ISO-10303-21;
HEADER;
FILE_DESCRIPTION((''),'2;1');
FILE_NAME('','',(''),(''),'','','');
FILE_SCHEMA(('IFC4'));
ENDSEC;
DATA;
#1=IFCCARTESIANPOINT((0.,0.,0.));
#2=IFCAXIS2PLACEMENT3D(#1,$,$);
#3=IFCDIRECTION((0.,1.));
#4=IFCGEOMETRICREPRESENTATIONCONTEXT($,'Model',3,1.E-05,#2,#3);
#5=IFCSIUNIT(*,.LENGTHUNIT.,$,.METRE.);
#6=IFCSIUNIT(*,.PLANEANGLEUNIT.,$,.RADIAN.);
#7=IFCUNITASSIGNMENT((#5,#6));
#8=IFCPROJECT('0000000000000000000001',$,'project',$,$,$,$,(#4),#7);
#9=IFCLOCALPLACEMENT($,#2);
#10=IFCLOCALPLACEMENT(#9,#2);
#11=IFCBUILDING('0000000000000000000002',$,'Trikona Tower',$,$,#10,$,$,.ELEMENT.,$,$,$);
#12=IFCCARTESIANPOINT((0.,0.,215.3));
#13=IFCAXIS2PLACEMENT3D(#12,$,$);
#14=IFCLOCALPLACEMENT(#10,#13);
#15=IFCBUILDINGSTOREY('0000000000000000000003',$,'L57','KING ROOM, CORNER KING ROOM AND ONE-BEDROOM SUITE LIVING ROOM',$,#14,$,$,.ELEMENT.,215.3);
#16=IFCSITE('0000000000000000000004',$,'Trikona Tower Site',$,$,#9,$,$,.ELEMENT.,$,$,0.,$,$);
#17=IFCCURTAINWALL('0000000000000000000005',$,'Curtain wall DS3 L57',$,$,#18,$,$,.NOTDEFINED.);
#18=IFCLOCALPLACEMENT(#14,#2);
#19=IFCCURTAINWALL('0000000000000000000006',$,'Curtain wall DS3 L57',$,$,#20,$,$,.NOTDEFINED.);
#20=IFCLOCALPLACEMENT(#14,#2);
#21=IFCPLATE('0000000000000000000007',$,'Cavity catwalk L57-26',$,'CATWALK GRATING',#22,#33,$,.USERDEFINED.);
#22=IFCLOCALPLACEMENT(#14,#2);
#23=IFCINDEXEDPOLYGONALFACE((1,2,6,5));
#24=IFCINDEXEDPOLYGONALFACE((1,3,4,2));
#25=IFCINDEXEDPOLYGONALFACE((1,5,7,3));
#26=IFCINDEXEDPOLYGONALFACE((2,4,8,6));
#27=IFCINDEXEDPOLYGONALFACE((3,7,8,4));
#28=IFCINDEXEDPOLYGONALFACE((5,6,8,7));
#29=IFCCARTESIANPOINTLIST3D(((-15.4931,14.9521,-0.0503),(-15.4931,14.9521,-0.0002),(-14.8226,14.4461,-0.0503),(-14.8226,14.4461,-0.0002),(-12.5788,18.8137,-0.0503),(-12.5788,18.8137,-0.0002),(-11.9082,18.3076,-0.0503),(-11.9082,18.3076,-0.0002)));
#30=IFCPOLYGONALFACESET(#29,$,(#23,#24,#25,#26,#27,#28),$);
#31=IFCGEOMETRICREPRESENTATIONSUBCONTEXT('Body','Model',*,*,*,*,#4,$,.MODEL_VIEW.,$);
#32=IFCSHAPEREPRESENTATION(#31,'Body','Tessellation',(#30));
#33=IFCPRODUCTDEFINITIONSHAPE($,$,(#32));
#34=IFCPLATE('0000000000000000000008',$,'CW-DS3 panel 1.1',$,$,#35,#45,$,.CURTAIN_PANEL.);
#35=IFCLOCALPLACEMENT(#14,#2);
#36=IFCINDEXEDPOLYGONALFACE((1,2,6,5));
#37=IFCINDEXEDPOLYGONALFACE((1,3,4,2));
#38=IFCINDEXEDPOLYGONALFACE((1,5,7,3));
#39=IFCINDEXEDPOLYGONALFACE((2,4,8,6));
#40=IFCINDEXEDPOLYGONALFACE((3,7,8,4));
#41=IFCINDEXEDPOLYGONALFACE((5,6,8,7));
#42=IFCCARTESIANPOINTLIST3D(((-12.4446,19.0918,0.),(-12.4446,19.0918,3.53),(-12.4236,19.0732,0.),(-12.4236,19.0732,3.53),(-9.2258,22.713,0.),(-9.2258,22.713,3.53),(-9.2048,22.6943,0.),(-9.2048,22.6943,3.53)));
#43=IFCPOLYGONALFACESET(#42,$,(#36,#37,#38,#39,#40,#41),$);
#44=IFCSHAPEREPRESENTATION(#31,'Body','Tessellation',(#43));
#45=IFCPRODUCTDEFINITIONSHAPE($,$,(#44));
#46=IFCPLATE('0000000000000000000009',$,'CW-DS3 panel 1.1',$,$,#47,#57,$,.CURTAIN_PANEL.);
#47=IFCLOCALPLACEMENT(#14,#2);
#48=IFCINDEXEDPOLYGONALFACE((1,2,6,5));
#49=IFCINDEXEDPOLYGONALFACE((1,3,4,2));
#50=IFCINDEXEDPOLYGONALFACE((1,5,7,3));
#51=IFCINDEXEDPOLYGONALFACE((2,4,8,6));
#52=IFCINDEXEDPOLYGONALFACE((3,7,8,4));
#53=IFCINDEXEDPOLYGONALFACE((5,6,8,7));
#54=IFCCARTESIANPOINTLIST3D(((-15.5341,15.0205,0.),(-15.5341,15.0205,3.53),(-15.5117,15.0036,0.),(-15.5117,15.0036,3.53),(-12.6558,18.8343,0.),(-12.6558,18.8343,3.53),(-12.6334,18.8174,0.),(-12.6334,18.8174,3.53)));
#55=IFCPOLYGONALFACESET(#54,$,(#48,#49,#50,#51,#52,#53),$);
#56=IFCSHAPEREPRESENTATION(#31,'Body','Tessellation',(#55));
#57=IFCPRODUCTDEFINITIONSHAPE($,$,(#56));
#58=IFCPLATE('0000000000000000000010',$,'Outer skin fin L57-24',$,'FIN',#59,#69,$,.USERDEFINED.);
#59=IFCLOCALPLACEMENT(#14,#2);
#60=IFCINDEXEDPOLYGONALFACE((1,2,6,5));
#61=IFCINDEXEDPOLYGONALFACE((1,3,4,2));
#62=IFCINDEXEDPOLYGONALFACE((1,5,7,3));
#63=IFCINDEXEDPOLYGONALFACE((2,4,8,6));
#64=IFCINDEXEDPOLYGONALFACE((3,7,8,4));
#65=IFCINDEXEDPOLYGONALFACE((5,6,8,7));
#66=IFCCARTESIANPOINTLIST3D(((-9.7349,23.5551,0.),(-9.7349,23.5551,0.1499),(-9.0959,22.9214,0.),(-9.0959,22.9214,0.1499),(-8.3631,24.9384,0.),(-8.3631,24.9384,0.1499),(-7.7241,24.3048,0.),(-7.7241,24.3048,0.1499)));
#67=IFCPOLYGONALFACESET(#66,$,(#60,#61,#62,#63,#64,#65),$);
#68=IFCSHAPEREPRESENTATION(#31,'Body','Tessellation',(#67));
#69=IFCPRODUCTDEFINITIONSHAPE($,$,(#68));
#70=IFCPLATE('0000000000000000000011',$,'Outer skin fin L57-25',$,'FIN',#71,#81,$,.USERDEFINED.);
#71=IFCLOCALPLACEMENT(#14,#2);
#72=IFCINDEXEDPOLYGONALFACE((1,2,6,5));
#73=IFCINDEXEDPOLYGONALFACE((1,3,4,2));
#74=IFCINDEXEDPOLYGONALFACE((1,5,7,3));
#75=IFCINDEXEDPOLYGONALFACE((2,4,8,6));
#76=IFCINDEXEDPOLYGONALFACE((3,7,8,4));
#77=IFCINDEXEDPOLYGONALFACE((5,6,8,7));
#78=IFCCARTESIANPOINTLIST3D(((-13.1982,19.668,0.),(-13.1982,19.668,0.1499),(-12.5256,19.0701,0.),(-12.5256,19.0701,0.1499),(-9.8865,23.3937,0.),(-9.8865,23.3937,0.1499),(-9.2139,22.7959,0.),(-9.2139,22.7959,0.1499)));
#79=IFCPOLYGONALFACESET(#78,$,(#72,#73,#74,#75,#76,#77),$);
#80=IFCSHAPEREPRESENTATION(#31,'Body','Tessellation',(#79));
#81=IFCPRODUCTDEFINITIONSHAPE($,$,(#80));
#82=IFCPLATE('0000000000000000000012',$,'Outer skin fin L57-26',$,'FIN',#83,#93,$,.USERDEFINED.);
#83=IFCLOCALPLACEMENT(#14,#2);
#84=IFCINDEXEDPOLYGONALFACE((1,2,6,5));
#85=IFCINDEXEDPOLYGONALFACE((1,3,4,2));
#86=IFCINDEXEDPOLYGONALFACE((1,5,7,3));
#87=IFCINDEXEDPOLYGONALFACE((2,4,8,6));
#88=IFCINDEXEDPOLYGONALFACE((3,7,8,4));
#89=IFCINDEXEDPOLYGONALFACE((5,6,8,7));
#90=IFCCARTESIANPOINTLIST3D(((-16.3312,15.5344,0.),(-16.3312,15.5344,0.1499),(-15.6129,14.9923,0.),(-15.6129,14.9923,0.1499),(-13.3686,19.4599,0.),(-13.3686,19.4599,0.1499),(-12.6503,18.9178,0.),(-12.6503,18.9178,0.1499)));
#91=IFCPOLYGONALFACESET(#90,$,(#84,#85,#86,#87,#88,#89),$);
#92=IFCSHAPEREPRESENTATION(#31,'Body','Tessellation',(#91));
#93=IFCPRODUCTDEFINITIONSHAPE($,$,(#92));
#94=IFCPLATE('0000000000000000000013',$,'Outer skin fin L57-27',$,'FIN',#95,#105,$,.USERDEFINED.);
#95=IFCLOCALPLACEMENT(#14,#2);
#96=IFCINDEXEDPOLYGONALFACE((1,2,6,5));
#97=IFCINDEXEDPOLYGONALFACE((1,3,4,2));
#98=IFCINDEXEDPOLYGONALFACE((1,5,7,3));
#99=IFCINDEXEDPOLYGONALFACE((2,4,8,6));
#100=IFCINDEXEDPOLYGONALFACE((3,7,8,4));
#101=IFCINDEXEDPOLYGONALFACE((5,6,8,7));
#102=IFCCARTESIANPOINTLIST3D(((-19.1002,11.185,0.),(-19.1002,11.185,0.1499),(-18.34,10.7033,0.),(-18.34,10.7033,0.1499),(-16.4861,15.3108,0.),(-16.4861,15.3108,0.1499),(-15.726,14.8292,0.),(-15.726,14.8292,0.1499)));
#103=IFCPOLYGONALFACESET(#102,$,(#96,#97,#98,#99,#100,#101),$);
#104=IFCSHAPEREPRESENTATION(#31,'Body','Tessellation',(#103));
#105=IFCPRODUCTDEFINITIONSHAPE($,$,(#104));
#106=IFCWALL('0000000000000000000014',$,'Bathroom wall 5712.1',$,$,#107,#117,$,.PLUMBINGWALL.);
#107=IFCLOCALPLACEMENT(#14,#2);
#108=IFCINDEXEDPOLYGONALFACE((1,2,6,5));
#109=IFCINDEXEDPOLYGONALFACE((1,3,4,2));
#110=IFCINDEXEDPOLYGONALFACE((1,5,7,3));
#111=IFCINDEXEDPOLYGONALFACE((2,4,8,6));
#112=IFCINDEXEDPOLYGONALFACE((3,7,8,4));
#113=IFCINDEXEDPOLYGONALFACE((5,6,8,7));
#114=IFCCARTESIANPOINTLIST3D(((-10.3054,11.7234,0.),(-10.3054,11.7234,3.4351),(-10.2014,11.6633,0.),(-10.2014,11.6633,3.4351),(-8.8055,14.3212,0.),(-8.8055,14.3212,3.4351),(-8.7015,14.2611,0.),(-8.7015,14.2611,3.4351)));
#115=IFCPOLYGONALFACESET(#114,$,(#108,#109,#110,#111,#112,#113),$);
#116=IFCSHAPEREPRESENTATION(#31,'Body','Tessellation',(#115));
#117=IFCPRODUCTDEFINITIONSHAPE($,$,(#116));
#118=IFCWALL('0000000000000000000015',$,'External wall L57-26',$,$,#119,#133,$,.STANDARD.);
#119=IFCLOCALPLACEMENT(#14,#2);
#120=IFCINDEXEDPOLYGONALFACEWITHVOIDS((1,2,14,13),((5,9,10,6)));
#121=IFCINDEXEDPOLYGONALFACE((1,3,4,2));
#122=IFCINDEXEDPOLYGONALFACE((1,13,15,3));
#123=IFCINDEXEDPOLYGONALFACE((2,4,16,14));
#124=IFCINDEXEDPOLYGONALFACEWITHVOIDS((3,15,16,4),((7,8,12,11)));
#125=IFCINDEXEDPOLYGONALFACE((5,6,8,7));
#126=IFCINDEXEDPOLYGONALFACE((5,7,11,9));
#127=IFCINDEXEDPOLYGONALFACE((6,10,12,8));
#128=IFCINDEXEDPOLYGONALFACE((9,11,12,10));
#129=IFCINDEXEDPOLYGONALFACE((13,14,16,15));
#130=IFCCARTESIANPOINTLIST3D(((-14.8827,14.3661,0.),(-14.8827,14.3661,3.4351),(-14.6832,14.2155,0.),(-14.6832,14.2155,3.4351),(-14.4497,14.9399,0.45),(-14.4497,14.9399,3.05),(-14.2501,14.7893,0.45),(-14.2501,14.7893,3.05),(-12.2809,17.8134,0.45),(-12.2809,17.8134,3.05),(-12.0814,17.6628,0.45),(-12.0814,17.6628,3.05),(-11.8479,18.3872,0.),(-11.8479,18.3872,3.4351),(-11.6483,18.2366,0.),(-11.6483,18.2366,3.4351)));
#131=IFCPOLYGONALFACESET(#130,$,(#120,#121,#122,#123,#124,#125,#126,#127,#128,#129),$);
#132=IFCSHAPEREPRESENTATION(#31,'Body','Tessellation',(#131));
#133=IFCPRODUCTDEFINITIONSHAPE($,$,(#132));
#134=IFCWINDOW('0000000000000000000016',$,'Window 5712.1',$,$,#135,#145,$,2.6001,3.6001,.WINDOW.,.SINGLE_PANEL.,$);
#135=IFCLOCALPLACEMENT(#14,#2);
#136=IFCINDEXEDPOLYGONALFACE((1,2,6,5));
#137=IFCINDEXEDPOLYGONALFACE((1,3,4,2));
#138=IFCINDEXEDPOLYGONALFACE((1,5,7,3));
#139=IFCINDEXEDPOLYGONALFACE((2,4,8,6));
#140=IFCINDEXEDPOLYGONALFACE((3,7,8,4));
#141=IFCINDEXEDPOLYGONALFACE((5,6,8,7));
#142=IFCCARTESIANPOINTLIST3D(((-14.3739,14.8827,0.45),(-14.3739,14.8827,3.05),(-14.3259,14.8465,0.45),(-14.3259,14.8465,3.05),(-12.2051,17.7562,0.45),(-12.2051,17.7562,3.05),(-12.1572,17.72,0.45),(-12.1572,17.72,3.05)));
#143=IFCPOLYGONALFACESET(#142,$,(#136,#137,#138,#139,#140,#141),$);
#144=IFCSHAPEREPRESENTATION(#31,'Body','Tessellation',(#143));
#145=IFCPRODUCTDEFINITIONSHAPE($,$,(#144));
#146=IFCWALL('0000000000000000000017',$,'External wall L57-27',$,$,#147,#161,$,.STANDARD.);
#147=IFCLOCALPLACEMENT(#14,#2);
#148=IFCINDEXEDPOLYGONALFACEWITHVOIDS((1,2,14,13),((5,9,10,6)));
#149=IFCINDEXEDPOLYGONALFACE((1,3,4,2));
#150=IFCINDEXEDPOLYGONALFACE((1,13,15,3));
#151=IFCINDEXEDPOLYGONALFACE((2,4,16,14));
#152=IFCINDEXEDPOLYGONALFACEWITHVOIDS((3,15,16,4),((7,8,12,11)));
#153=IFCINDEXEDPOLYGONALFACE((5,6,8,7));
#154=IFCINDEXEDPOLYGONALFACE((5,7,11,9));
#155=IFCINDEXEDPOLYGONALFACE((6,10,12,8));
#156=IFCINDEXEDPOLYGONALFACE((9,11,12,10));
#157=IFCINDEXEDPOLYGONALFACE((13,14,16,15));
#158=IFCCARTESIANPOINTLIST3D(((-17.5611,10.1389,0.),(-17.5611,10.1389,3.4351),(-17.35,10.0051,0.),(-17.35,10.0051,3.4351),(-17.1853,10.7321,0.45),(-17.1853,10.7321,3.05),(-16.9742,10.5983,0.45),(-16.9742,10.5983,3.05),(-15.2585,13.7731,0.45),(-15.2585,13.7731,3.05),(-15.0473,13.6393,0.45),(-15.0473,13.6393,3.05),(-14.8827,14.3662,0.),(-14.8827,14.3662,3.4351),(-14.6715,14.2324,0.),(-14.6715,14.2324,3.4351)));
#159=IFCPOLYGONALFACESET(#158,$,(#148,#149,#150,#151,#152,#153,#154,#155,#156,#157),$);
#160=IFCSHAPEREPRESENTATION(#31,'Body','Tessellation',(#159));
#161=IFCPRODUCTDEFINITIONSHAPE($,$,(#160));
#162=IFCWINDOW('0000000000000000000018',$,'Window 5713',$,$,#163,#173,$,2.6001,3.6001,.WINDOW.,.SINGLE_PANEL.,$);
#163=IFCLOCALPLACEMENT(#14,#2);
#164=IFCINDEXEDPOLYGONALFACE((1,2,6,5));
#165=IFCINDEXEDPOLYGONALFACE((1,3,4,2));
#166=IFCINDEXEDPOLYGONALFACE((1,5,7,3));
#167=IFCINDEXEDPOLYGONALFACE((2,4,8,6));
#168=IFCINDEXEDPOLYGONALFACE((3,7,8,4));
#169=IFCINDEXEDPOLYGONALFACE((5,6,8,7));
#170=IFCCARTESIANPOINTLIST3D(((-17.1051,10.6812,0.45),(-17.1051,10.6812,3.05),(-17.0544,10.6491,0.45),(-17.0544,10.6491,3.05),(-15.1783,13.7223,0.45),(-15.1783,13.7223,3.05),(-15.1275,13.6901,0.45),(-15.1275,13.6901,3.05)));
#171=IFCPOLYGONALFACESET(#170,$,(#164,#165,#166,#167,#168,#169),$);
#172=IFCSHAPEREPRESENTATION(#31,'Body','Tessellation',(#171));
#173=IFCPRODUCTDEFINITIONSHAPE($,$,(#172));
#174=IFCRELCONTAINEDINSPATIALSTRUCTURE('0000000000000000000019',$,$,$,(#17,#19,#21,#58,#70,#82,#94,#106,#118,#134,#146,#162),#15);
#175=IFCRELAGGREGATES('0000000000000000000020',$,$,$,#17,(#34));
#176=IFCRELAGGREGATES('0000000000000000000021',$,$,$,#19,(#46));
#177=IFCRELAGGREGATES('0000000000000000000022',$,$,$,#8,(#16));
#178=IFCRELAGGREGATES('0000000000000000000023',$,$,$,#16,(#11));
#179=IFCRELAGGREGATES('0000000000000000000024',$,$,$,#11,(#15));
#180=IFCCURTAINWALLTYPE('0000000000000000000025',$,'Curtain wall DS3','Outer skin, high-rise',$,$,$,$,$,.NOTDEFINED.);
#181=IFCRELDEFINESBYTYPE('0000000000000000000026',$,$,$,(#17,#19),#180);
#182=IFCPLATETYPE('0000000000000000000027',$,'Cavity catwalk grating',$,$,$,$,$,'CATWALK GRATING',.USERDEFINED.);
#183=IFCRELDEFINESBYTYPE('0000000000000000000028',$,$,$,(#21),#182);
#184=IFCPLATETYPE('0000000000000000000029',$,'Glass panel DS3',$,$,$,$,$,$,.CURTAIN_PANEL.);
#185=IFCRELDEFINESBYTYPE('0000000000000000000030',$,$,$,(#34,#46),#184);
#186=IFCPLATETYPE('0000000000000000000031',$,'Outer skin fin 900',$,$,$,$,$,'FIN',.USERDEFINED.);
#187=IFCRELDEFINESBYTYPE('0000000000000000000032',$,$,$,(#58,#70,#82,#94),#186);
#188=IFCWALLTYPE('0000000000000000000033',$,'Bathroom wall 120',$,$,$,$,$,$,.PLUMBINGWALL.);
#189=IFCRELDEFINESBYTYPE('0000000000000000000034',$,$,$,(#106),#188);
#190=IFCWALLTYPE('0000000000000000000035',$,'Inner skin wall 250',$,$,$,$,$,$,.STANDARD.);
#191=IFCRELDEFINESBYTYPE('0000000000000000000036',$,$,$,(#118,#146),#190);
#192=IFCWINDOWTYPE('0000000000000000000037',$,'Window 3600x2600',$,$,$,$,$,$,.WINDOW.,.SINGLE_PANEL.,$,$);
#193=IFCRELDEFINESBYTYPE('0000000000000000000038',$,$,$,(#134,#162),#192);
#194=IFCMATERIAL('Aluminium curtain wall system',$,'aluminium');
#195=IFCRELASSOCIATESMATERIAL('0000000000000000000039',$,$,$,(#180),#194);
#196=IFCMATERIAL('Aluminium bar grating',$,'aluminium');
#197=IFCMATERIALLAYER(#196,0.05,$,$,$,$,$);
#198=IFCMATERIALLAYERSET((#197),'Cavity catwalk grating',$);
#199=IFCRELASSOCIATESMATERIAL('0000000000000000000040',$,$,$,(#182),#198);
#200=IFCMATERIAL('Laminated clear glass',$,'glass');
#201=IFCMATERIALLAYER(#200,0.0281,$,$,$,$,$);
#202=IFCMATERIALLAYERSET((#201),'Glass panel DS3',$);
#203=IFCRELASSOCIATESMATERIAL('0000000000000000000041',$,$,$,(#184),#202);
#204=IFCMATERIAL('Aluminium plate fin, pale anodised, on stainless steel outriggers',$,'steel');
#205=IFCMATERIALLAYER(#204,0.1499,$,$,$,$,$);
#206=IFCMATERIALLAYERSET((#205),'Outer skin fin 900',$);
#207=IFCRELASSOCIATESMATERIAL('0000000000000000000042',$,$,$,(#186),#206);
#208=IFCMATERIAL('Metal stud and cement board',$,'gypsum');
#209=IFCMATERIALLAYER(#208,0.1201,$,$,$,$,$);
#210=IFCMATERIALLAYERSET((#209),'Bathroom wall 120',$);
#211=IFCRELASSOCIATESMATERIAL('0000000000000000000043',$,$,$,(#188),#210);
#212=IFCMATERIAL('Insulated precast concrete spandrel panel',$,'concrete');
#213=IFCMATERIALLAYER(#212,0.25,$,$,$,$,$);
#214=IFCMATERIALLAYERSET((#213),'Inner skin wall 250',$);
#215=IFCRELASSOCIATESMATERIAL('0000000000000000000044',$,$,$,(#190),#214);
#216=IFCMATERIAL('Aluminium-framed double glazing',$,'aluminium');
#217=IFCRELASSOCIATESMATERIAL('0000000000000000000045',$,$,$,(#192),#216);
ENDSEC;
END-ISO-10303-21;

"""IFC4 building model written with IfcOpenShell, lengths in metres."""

from ifc_helpers import new_model, si_unit, direction, frame, frame_2d, origin, origin_2d, place, context, subcontext, project, spatial, rectangle, extrude, material, layer, layer_set, type_object, element, fill, aggregate, save


model = new_model("IFC4")

# Units and contexts
model_context = context("Model", 3, precision=1e-05, world=origin(), true_north=direction((0.0, 1.0)))
body_context = subcontext(model_context, "Body", "Model", "MODEL_VIEW")
ifc_project = project(units=[si_unit("LENGTHUNIT", "METRE"), si_unit("PLANEANGLEUNIT", "RADIAN")], contexts=[model_context])

# Site, building, storey
site_placement = place(None, origin())
site = spatial("IfcSite", under=ifc_project, at=site_placement, Name="Trikona Tower Site", CompositionType="ELEMENT", RefElevation=0.0)
building_placement = place(site_placement, origin())
building = spatial("IfcBuilding", under=site, at=building_placement, Name="Trikona Tower", CompositionType="ELEMENT")
storey_placement = place(building_placement, frame((0.0, 0.0, 215.3)))
storey = spatial("IfcBuildingStorey", under=building, at=storey_placement, Name="L57", Description="KING ROOM, CORNER KING ROOM AND ONE-BEDROOM SUITE LIVING ROOM", CompositionType="ELEMENT", Elevation=215.3)

# Shared definitions
ifc_material_1 = material(Name="Aluminium curtain wall system", Category="aluminium")
curtain_wall_type = type_object("IfcCurtainWallType", Name="Curtain wall DS3", Description="Outer skin, high-rise", PredefinedType="NOTDEFINED", material=ifc_material_1)

# Curtain walls
curtain_wall_1_placement = place(storey_placement, origin())
curtain_wall_1 = element("IfcCurtainWall", 1, at=curtain_wall_1_placement, inside=storey, type_object=curtain_wall_type, Name="Curtain wall DS3 L57", PredefinedType="NOTDEFINED")
curtain_wall_2_placement = place(storey_placement, origin())
curtain_wall_2 = element("IfcCurtainWall", 2, at=curtain_wall_2_placement, inside=storey, type_object=curtain_wall_type, Name="Curtain wall DS3 L57", PredefinedType="NOTDEFINED")

# Plate
ifc_material_2 = material(Name="Aluminium bar grating", Category="aluminium")
ifc_layer_1 = layer(ifc_material_2, 0.05)
ifc_layer_set_1 = layer_set([ifc_layer_1], Name="Cavity catwalk grating")
plate_type_1 = type_object("IfcPlateType", Name="Cavity catwalk grating", ElementType="CATWALK GRATING", PredefinedType="USERDEFINED", material=ifc_layer_set_1)
plate_1_placement = place(storey_placement, frame((-13.7007, 16.6299, -0.0503), z_axis=(0.0, 0.0, 1.0), x_axis=(-0.602402, -0.798193, 0.0)))
element("IfcPlate", 3, at=plate_1_placement, inside=storey, type_object=plate_type_1, Name="Cavity catwalk L57-26", ObjectType="CATWALK GRATING", PredefinedType="USERDEFINED", context=body_context, shape_type="SweptSolid", body=[
    extrude(rectangle(XDim=4.8379, YDim=0.8401, at=origin_2d()), origin(), (0.0, 0.0, 1.0), 0.05),
])

# Plates
ifc_material_3 = material(Name="Laminated clear glass", Category="glass")
ifc_layer_2 = layer(ifc_material_3, 0.0281)
ifc_layer_set_2 = layer_set([ifc_layer_2], Name="Glass panel DS3")
plate_type_2 = type_object("IfcPlateType", Name="Glass panel DS3", PredefinedType="CURTAIN_PANEL", material=ifc_layer_set_2)
plate_2_placement = place(storey_placement, frame((-10.8247, 20.8931, 0.0), z_axis=(0.0, 0.0, 1.0), x_axis=(-0.664371, -0.747403, 0.0)))
plate_2 = element("IfcPlate", 4, at=plate_2_placement, type_object=plate_type_2, Name="CW-DS3 panel 1.1", PredefinedType="CURTAIN_PANEL", context=body_context, shape_type="SweptSolid", body=[
    extrude(rectangle(XDim=4.845, YDim=0.0281, at=origin_2d()), origin(), (0.0, 0.0, 1.0), 3.53),
])
aggregate(curtain_wall_1, [plate_2])
plate_3_placement = place(storey_placement, frame((-14.0837, 16.9189, 0.0), z_axis=(0.0, 0.0, 1.0), x_axis=(-0.602402, -0.798193, 0.0)))
plate_3 = element("IfcPlate", 5, at=plate_3_placement, type_object=plate_type_2, Name="CW-DS3 panel 1.1", PredefinedType="CURTAIN_PANEL", context=body_context, shape_type="SweptSolid", body=[
    extrude(rectangle(XDim=4.7781, YDim=0.0281, at=origin_2d()), origin(), (0.0, 0.0, 1.0), 3.53),
])
aggregate(curtain_wall_2, [plate_3])

# Plates
ifc_material_4 = material(Name="Aluminium plate fin, pale anodised, on stainless steel outriggers", Category="steel")
ifc_layer_3 = layer(ifc_material_4, 0.1499)
ifc_layer_set_3 = layer_set([ifc_layer_3], Name="Outer skin fin 900")
plate_type_3 = type_object("IfcPlateType", Name="Outer skin fin 900", ElementType="FIN", PredefinedType="USERDEFINED", material=ifc_layer_set_3)
plate_4_placement = place(storey_placement, frame((-8.7295, 23.9299, 0.0), z_axis=(0.0, 0.0, 1.0), x_axis=(-0.704151, -0.71005, 0.0)))
element("IfcPlate", 6, at=plate_4_placement, inside=storey, type_object=plate_type_3, Name="Outer skin fin L57-24", ObjectType="FIN", PredefinedType="USERDEFINED", context=body_context, shape_type="SweptSolid", body=[
    extrude(rectangle(XDim=1.9482, YDim=0.8999, at=origin_2d()), origin(), (0.0, 0.0, 1.0), 0.1499),
])
plate_5_placement = place(storey_placement, frame((-11.2061, 21.2319, 0.0), z_axis=(0.0, 0.0, 1.0), x_axis=(-0.664367, -0.747406, 0.0)))
element("IfcPlate", 7, at=plate_5_placement, inside=storey, type_object=plate_type_3, Name="Outer skin fin L57-25", ObjectType="FIN", PredefinedType="USERDEFINED", context=body_context, shape_type="SweptSolid", body=[
    extrude(rectangle(XDim=4.9849, YDim=0.8999, at=origin_2d()), origin(), (0.0, 0.0, 1.0), 0.1499),
])
plate_6_placement = place(storey_placement, frame((-14.4907, 17.2261, 0.0), z_axis=(0.0, 0.0, 1.0), x_axis=(-0.602402, -0.798193, 0.0)))
element("IfcPlate", 8, at=plate_6_placement, inside=storey, type_object=plate_type_3, Name="Outer skin fin L57-26", ObjectType="FIN", PredefinedType="USERDEFINED", context=body_context, shape_type="SweptSolid", body=[
    extrude(rectangle(XDim=4.918, YDim=0.8999, at=origin_2d()), origin(), (0.0, 0.0, 1.0), 0.1499),
])
plate_7_placement = place(storey_placement, frame((-17.4131, 13.0071, 0.0), z_axis=(0.0, 0.0, 1.0), x_axis=(-0.535205, -0.844722, 0.0)))
element("IfcPlate", 9, at=plate_7_placement, inside=storey, type_object=plate_type_3, Name="Outer skin fin L57-27", ObjectType="FIN", PredefinedType="USERDEFINED", context=body_context, shape_type="SweptSolid", body=[
    extrude(rectangle(XDim=4.8843, YDim=0.8999, at=origin_2d()), origin(), (0.0, 0.0, 1.0), 0.1499),
])

# Wall
ifc_material_5 = material(Name="Metal stud and cement board", Category="gypsum")
ifc_layer_4 = layer(ifc_material_5, 0.1201)
ifc_layer_set_4 = layer_set([ifc_layer_4], Name="Bathroom wall 120")
wall_type_1 = type_object("IfcWallType", Name="Bathroom wall 120", PredefinedType="PLUMBINGWALL", material=ifc_layer_set_4)
wall_1_placement = place(storey_placement, frame((-8.7534, 14.2913, 0.0), z_axis=(0.0, 0.0, 1.0), x_axis=(-0.500025, -0.866011, 0.0)))
element("IfcWall", 10, at=wall_1_placement, inside=storey, type_object=wall_type_1, Name="Bathroom wall 5712.1", PredefinedType="PLUMBINGWALL", context=body_context, shape_type="SweptSolid", body=[
    extrude(rectangle(XDim=2.9998, YDim=0.1201, at=frame_2d((1.5, 0.0))), origin(), (0.0, 0.0, 1.0), 3.4351),
])

# Walls, openings, windows
ifc_material_6 = material(Name="Insulated precast concrete spandrel panel", Category="concrete")
ifc_layer_5 = layer(ifc_material_6, 0.25)
ifc_layer_set_5 = layer_set([ifc_layer_5], Name="Inner skin wall 250")
wall_type_2 = type_object("IfcWallType", Name="Inner skin wall 250", PredefinedType="STANDARD", material=ifc_layer_set_5)
wall_2_placement = place(storey_placement, frame((-11.748, 18.312, 0.0), z_axis=(0.0, 0.0, 1.0), x_axis=(-0.602409, -0.798188, 0.0)))
wall_2 = element("IfcWall", 11, at=wall_2_placement, inside=storey, type_object=wall_type_2, Name="External wall L57-26", PredefinedType="STANDARD", context=body_context, shape_type="SweptSolid", body=[
    extrude(rectangle(XDim=5.0378, YDim=0.25, at=frame_2d((2.519, 0.0))), origin(), (0.0, 0.0, 1.0), 3.4351),
])
opening_1_placement = place(wall_2_placement, frame((0.719, 0.0, 0.45)))
opening_1 = element("IfcOpeningElement", 12, at=opening_1_placement, cuts=wall_2, PredefinedType="OPENING", context=body_context, shape_type="SweptSolid", body=[
    extrude(rectangle(XDim=3.6001, YDim=2.6001, at=frame_2d((1.8, 1.3))), frame((0.0, 0.135, 0.0), z_axis=(0.0, -1.0, 0.0), x_axis=(1.0, 0.0, 0.0)), (0.0, 0.0, 1.0), 0.27),
])
ifc_material_7 = material(Name="Aluminium-framed double glazing", Category="aluminium")
window_type = type_object("IfcWindowType", Name="Window 3600x2600", PartitioningType="SINGLE_PANEL", PredefinedType="WINDOW", material=ifc_material_7)
window_1_placement = place(opening_1_placement, origin())
window_1 = element("IfcWindow", 13, at=window_1_placement, inside=storey, type_object=window_type, Name="Window 5712.1", OverallHeight=2.6001, OverallWidth=3.6001, PartitioningType="SINGLE_PANEL", PredefinedType="WINDOW", context=body_context, shape_type="SweptSolid", body=[
    extrude(rectangle(XDim=3.6001, YDim=2.6001, at=frame_2d((1.8, 1.3))), frame((0.0, 0.03, 0.0), z_axis=(0.0, -1.0, 0.0), x_axis=(1.0, 0.0, 0.0)), (0.0, 0.0, 1.0), 0.0601),
])
fill(opening_1, window_1)
wall_3_placement = place(storey_placement, frame((-14.7771, 14.2993, 0.0), z_axis=(0.0, 0.0, 1.0), x_axis=(-0.53522, -0.844712, 0.0)))
wall_3 = element("IfcWall", 14, at=wall_3_placement, inside=storey, type_object=wall_type_2, Name="External wall L57-27", PredefinedType="STANDARD", context=body_context, shape_type="SweptSolid", body=[
    extrude(rectangle(XDim=5.0044, YDim=0.25, at=frame_2d((2.5022, 0.0))), origin(), (0.0, 0.0, 1.0), 3.4351),
])
opening_2_placement = place(wall_3_placement, frame((0.7021, 0.0, 0.45)))
opening_2 = element("IfcOpeningElement", 15, at=opening_2_placement, cuts=wall_3, PredefinedType="OPENING", context=body_context, shape_type="SweptSolid", body=[
    extrude(rectangle(XDim=3.6001, YDim=2.6001, at=frame_2d((1.8, 1.3))), frame((0.0, 0.135, 0.0), z_axis=(0.0, -1.0, 0.0), x_axis=(1.0, 0.0, 0.0)), (0.0, 0.0, 1.0), 0.27),
])
window_2_placement = place(opening_2_placement, origin())
window_2 = element("IfcWindow", 16, at=window_2_placement, inside=storey, type_object=window_type, Name="Window 5713", OverallHeight=2.6001, OverallWidth=3.6001, PartitioningType="SINGLE_PANEL", PredefinedType="WINDOW", context=body_context, shape_type="SweptSolid", body=[
    extrude(rectangle(XDim=3.6001, YDim=2.6001, at=frame_2d((1.8, 1.3))), frame((0.0, 0.03, 0.0), z_axis=(0.0, -1.0, 0.0), x_axis=(1.0, 0.0, 0.0)), (0.0, 0.0, 1.0), 0.0601),
])
fill(opening_2, window_2)

save(model, "model.ifc")
